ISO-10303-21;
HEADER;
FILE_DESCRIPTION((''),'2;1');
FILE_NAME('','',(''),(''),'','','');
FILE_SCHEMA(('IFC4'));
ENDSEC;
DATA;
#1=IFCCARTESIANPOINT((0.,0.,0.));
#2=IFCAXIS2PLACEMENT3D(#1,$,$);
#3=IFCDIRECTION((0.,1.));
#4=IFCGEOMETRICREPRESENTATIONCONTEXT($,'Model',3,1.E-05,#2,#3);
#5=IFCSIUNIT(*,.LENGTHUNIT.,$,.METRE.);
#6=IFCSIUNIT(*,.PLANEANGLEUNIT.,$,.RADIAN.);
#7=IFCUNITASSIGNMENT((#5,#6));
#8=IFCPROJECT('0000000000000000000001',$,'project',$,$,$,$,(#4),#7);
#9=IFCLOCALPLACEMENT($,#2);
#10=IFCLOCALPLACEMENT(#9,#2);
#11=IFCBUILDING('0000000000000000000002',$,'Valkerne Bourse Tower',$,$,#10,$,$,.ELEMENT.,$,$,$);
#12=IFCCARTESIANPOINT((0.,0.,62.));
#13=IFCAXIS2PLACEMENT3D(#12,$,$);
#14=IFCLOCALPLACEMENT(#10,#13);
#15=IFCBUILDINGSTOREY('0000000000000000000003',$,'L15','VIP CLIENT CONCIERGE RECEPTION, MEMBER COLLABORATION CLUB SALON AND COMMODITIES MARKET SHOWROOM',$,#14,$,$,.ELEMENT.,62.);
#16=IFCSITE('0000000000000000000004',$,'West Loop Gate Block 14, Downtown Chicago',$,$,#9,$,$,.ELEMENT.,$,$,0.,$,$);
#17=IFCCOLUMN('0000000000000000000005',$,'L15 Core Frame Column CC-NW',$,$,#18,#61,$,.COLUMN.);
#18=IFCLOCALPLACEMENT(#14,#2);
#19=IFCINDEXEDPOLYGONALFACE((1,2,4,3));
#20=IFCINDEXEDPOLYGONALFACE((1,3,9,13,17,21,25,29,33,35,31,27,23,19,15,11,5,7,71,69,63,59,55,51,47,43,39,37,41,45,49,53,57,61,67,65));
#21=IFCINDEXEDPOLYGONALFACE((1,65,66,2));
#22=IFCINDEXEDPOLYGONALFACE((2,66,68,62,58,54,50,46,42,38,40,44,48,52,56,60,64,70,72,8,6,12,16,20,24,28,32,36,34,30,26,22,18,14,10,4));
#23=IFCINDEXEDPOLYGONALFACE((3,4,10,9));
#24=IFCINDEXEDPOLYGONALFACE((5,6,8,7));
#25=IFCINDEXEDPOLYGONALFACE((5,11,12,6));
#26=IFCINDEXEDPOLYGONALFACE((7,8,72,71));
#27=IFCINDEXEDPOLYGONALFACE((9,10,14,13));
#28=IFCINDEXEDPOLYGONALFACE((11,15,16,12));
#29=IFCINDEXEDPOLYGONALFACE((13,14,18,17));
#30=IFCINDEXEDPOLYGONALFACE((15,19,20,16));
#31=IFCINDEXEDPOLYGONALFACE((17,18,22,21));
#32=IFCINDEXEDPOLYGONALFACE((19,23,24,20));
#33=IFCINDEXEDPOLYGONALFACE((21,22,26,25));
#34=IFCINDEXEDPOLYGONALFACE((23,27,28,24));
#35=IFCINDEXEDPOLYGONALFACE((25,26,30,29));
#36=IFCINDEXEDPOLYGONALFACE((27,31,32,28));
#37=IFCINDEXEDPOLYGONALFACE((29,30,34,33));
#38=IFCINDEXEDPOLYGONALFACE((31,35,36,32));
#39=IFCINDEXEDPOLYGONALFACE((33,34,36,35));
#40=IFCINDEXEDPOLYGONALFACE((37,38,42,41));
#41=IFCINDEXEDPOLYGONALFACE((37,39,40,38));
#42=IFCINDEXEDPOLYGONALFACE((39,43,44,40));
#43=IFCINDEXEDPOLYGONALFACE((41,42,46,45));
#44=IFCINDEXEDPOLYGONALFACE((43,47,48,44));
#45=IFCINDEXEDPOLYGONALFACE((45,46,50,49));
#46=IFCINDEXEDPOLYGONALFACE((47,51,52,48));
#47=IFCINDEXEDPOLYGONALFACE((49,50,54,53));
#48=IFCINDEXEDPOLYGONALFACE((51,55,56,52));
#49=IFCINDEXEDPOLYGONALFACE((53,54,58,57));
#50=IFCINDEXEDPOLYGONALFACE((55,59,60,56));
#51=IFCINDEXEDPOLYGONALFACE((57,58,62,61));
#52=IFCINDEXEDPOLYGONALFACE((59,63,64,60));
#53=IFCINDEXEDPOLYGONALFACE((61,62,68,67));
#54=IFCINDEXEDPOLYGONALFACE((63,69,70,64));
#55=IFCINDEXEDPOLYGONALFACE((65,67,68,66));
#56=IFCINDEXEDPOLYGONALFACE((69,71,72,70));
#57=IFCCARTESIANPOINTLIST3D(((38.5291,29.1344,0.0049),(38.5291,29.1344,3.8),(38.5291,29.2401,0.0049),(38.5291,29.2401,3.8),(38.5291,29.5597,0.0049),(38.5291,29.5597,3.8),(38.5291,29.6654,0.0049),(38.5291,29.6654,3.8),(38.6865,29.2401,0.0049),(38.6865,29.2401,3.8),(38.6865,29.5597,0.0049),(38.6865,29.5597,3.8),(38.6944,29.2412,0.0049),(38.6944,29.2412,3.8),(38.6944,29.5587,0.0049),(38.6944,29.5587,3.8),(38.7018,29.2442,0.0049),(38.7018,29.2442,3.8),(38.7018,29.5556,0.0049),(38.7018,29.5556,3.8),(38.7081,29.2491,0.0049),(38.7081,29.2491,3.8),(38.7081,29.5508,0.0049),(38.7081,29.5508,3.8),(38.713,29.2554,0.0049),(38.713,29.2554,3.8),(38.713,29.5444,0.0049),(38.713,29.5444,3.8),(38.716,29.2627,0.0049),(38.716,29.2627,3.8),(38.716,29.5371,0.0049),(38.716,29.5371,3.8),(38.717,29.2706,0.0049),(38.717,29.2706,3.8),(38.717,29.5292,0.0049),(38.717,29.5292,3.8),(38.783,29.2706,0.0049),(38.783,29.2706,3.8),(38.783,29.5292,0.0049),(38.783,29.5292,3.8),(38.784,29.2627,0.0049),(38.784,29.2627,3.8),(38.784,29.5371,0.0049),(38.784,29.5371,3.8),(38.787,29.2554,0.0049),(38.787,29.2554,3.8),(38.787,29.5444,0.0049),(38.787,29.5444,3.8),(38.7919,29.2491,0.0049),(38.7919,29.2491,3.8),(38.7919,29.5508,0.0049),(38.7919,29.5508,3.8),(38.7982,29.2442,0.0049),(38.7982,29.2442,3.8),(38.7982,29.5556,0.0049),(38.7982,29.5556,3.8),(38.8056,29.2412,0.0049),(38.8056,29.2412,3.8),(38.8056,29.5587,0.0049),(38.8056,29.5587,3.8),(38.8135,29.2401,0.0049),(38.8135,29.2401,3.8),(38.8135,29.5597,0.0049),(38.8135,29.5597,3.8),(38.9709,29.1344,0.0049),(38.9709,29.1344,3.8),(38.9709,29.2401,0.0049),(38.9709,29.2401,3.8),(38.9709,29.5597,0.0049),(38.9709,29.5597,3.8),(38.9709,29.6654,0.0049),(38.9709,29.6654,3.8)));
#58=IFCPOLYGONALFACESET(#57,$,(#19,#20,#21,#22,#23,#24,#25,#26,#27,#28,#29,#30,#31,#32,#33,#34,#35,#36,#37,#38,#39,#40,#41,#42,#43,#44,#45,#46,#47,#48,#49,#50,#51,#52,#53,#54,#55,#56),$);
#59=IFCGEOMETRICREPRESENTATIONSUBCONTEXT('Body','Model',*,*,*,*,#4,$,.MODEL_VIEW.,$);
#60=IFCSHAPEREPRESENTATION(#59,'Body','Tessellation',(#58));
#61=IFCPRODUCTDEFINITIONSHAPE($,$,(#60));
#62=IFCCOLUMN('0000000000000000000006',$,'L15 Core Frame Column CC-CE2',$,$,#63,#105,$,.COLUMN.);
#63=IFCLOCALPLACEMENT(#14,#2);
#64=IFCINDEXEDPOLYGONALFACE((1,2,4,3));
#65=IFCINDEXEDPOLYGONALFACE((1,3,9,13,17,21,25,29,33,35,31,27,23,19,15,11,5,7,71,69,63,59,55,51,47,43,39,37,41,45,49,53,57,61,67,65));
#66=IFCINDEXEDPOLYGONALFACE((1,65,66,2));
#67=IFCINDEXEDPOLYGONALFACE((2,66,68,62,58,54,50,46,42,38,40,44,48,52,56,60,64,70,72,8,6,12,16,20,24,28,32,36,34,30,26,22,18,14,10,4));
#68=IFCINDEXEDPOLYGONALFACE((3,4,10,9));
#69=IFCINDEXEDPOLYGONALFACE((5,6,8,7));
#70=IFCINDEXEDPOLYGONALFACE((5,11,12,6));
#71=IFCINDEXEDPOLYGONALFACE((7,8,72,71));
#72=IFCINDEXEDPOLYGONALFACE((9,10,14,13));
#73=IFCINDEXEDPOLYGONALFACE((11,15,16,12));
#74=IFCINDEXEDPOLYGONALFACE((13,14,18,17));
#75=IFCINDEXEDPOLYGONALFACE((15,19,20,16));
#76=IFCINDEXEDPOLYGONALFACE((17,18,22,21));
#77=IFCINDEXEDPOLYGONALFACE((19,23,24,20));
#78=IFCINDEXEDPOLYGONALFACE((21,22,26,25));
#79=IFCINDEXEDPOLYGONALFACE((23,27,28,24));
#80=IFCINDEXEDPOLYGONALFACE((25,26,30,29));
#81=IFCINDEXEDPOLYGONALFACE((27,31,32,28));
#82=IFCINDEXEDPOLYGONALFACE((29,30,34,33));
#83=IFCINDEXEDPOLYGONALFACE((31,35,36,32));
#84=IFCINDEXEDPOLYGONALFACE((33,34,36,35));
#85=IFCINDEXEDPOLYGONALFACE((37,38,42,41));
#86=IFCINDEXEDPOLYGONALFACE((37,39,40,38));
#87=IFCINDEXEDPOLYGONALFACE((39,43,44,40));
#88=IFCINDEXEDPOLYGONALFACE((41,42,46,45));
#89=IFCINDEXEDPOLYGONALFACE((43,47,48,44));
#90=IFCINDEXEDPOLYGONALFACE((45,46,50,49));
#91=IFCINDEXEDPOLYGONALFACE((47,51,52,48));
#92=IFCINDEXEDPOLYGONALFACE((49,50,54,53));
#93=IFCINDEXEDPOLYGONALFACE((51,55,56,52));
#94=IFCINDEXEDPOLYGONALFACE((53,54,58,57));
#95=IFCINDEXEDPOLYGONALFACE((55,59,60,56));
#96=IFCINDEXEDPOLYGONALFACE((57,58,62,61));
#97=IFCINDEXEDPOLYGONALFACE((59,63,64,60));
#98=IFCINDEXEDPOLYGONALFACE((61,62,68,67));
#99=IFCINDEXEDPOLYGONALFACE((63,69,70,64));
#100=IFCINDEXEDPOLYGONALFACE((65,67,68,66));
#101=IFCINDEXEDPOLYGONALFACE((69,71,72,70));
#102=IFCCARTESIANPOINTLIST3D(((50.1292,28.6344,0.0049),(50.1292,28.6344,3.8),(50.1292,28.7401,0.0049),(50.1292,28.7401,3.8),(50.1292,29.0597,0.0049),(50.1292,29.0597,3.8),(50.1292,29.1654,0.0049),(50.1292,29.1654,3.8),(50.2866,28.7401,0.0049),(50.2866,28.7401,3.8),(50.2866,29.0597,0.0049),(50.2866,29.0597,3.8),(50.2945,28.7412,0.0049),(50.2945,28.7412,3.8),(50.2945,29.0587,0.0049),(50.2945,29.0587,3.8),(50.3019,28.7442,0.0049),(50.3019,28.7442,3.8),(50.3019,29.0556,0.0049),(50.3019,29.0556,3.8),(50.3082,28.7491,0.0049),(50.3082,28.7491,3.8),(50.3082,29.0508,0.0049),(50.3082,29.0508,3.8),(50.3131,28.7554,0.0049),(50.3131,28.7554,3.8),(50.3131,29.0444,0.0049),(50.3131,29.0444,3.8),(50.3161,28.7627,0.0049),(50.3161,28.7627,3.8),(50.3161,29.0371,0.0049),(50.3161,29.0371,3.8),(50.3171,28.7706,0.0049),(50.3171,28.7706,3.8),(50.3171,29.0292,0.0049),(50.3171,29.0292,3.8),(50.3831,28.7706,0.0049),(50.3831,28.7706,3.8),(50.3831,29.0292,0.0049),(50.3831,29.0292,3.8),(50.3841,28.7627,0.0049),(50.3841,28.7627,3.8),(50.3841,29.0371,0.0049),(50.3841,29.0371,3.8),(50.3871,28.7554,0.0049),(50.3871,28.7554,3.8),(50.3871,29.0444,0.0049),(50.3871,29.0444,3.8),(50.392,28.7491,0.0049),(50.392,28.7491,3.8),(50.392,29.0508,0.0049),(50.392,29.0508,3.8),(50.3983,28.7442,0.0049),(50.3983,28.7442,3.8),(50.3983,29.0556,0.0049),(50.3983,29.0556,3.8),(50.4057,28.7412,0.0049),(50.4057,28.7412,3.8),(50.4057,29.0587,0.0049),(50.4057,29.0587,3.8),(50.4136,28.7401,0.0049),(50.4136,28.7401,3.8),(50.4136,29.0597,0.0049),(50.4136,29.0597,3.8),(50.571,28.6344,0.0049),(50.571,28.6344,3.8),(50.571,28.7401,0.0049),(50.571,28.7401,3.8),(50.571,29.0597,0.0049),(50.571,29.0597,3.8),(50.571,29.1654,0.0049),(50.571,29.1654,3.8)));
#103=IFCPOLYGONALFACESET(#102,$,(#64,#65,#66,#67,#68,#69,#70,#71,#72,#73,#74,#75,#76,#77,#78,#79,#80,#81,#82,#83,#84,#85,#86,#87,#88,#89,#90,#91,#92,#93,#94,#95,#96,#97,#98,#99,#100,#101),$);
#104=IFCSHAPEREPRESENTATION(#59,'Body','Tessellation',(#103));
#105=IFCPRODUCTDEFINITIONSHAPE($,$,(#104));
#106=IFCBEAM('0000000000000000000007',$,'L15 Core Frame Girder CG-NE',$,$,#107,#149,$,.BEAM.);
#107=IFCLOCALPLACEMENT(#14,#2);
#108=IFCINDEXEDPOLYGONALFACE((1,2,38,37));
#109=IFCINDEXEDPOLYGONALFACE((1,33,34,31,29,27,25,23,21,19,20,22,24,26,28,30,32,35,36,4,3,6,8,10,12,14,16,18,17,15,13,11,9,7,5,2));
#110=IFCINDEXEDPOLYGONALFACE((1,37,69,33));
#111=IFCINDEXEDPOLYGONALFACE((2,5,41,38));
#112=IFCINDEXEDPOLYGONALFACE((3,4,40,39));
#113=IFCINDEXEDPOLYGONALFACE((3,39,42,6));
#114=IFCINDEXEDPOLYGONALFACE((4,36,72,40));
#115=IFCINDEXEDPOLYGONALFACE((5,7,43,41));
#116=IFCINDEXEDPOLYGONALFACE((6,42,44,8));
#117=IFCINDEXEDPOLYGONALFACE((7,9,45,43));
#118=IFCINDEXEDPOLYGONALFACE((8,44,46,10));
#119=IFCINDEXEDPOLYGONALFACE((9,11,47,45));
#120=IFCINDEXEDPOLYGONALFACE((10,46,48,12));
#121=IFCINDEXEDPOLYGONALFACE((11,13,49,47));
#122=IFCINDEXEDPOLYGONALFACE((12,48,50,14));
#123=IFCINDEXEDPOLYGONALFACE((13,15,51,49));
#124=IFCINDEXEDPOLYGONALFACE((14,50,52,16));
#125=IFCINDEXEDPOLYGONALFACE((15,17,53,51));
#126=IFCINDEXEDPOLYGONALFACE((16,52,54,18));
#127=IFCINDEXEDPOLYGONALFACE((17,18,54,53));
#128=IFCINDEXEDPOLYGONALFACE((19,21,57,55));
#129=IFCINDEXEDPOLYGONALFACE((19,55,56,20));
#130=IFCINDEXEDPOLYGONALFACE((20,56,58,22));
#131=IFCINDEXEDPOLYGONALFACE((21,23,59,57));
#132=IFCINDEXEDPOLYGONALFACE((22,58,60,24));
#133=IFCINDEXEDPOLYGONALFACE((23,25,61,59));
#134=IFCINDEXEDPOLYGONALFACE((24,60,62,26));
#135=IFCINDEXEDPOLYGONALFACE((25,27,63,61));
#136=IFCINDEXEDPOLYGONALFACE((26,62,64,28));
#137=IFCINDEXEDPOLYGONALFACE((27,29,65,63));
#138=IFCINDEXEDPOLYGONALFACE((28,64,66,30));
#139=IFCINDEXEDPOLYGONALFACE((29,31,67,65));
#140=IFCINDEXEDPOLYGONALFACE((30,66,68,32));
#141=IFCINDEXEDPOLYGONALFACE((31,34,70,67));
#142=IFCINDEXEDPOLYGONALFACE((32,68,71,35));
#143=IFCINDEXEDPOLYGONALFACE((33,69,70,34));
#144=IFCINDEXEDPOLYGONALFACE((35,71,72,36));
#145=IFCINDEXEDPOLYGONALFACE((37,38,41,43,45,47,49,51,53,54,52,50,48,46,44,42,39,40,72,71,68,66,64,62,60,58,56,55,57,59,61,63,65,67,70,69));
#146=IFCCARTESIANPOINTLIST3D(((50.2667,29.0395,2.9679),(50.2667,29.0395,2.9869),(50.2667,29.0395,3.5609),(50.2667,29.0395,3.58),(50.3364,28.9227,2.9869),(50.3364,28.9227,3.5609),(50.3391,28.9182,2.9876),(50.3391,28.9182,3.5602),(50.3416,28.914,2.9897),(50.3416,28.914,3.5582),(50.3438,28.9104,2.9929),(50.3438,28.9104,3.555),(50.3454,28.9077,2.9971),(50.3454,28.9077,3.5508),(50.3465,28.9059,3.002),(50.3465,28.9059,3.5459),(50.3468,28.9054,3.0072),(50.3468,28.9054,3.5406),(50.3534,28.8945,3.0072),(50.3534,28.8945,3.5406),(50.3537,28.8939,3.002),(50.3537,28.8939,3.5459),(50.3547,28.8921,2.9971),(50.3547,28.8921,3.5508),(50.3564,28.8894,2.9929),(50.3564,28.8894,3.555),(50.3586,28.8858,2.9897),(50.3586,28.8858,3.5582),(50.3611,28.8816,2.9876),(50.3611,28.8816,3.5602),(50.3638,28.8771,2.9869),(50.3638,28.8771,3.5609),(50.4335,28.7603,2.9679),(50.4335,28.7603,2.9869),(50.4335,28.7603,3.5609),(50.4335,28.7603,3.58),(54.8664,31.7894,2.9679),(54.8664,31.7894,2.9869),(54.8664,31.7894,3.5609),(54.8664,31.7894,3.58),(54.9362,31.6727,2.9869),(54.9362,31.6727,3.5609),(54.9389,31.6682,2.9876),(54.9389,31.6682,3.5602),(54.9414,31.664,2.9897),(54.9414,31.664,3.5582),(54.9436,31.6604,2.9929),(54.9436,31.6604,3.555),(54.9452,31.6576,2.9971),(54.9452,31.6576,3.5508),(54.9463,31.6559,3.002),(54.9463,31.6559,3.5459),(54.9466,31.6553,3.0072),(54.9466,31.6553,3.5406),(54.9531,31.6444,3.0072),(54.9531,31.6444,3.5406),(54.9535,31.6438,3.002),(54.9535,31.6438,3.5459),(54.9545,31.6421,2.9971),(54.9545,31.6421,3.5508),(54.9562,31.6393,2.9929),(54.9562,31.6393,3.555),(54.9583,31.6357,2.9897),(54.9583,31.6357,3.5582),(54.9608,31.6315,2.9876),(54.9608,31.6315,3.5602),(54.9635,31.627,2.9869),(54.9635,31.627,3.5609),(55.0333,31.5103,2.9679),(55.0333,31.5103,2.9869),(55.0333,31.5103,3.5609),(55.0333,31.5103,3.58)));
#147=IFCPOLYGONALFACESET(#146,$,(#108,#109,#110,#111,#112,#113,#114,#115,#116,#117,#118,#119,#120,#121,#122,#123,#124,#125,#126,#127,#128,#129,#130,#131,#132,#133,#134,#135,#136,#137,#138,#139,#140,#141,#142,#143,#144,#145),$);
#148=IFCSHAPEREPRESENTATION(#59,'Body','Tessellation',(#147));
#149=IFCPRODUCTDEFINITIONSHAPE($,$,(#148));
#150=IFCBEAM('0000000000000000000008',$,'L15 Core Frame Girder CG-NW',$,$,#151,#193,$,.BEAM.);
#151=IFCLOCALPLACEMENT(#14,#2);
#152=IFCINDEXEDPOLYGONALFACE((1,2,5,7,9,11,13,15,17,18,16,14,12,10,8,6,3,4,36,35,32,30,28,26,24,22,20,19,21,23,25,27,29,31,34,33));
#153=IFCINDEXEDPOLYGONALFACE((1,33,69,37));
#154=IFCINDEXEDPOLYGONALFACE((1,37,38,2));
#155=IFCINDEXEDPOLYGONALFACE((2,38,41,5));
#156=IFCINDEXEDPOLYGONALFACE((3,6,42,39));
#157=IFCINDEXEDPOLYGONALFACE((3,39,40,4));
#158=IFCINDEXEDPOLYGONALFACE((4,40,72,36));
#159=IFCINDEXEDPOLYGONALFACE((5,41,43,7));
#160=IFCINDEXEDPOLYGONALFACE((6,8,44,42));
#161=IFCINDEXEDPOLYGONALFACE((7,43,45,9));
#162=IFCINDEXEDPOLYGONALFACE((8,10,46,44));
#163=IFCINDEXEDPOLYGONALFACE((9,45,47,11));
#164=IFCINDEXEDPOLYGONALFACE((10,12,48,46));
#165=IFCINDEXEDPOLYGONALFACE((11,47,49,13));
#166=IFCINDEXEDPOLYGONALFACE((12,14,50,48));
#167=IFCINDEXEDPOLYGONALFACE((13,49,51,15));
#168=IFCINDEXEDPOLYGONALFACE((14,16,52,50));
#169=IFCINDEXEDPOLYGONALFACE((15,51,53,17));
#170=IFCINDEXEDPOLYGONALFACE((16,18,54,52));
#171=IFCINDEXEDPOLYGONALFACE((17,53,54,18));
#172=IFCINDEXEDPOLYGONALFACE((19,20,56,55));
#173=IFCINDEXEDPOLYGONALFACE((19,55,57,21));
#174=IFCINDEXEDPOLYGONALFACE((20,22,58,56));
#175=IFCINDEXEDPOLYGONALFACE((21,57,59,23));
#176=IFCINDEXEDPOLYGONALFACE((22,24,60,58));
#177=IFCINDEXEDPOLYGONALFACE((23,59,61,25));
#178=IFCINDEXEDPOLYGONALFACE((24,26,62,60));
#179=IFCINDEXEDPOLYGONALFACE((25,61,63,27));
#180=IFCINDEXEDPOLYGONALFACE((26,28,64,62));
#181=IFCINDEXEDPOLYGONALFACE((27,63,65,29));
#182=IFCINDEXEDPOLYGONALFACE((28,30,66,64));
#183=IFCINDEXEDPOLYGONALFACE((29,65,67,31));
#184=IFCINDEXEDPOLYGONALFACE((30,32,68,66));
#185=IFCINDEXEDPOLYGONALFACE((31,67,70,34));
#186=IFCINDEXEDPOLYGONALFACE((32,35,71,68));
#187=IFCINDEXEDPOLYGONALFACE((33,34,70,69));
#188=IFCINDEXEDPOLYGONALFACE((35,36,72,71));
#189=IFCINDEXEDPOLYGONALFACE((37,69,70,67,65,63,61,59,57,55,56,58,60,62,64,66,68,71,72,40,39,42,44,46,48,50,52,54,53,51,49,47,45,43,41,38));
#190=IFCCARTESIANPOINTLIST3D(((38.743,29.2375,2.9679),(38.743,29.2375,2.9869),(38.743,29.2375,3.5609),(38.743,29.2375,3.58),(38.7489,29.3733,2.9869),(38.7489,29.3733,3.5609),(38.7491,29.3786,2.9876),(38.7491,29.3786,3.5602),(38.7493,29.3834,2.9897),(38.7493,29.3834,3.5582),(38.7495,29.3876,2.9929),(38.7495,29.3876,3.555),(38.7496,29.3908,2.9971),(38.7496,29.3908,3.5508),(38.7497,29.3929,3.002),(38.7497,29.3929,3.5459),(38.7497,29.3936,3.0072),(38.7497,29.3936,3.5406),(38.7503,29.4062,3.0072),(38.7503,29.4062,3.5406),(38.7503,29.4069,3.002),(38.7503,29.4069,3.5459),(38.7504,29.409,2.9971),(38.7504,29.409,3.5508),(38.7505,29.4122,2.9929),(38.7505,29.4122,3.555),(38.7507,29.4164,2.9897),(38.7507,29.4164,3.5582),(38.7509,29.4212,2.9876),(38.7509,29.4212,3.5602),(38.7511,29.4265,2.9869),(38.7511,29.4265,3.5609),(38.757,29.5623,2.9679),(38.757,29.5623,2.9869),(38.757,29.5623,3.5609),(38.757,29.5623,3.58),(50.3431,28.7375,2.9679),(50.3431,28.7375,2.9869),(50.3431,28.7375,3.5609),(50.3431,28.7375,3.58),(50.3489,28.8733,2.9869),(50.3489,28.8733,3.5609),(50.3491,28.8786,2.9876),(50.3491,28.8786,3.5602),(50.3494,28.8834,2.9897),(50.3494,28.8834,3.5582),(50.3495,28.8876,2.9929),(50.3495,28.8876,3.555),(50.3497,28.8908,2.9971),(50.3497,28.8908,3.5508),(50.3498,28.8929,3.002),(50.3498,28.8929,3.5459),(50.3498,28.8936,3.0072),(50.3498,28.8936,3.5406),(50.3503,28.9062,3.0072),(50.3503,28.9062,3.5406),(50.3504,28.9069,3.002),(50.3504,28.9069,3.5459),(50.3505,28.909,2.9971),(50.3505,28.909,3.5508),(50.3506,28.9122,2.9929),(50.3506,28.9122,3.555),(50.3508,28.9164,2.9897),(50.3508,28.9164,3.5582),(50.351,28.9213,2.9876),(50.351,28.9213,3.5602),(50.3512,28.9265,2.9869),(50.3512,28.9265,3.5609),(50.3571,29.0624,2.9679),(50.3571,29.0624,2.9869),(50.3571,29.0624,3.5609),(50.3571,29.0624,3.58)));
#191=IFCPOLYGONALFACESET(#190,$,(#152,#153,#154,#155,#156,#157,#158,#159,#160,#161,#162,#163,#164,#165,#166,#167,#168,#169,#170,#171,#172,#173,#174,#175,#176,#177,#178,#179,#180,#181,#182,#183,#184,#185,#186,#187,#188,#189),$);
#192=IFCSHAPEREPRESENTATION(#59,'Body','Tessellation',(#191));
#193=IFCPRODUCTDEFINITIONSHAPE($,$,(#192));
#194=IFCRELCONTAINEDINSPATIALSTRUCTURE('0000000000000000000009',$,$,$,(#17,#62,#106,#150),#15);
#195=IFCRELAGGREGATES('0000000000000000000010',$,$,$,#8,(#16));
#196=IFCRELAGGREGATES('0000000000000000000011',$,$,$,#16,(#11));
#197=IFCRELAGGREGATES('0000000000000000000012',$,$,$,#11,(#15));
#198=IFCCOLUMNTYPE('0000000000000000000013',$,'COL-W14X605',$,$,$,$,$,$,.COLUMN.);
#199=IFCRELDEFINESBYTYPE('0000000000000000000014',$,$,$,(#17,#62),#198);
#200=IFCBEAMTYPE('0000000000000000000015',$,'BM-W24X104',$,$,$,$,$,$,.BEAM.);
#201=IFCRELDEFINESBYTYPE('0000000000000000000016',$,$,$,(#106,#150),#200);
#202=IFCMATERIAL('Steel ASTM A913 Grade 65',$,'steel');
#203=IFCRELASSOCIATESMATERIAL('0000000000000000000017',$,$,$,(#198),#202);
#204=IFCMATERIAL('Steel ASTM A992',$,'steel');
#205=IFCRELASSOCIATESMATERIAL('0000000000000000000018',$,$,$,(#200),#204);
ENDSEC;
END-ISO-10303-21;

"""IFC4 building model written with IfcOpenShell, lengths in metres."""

from ifc_helpers import new_model, si_unit, direction, frame, origin, origin_2d, place, context, subcontext, project, spatial, i_section, extrude, material, material_profile, profile_set, type_object, element, save


model = new_model("IFC4")

# Units and contexts
model_context = context("Model", 3, precision=1e-05, world=origin(), true_north=direction((0.0, 1.0)))
body_context = subcontext(model_context, "Body", "Model", "MODEL_VIEW")
ifc_project = project(units=[si_unit("LENGTHUNIT", "METRE"), si_unit("PLANEANGLEUNIT", "RADIAN")], contexts=[model_context])

# Site, building, storey
site_placement = place(None, origin())
site = spatial("IfcSite", under=ifc_project, at=site_placement, Name="West Loop Gate Block 14, Downtown Chicago", CompositionType="ELEMENT", RefElevation=0.0)
building_placement = place(site_placement, origin())
building = spatial("IfcBuilding", under=site, at=building_placement, Name="Valkerne Bourse Tower", CompositionType="ELEMENT")
storey_placement = place(building_placement, frame((0.0, 0.0, 62.0)))
storey = spatial("IfcBuildingStorey", under=building, at=storey_placement, Name="L15", Description="VIP CLIENT CONCIERGE RECEPTION, MEMBER COLLABORATION CLUB SALON AND COMMODITIES MARKET SHOWROOM", CompositionType="ELEMENT", Elevation=62.0)

# Columns
ifc_material_1 = material(Name="Steel ASTM A913 Grade 65", Category="steel")
ifc_material_profile_1 = material_profile(ifc_material_1, i_section(OverallWidth=0.4419, OverallDepth=0.531, WebThickness=0.0659, FlangeThickness=0.1057, FilletRadius=0.0305, at=origin_2d()), Name="W14X605")
ifc_profile_set_1 = profile_set([ifc_material_profile_1], Name="Steel ASTM A913 Grade 65")
column_type = type_object("IfcColumnType", Name="COL-W14X605", PredefinedType="COLUMN", material=ifc_profile_set_1)
for number, where, z_axis, x_axis, name in (
    (1, (38.75, 29.3999, 0.0049), (0.0, 0.0, 1.0), (1.0, 0.0, 0.0), "L15 Core Frame Column CC-NW"),
    (2, (50.3501, 28.8999, 0.0049), (0.0, 0.0, 1.0), (1.0, 0.0, 0.0), "L15 Core Frame Column CC-CE2"),
):
    element("IfcColumn", number, at=place(storey_placement, frame(where, z_axis=z_axis, x_axis=x_axis)), inside=storey, type_object=column_type, Name=name, PredefinedType="COLUMN", context=body_context, shape_type="SweptSolid", body=[
        extrude(i_section(OverallWidth=0.4419, OverallDepth=0.531, WebThickness=0.0659, FlangeThickness=0.1057, FilletRadius=0.0305, at=origin_2d()), origin(), (0.0, 0.0, 1.0), 3.7952),
    ])

# Beams
ifc_material_2 = material(Name="Steel ASTM A992", Category="steel")
ifc_material_profile_2 = material_profile(ifc_material_2, i_section(OverallWidth=0.3252, OverallDepth=0.6121, WebThickness=0.0127, FlangeThickness=0.019, FilletRadius=0.0203, at=origin_2d()), Name="W24X104")
ifc_profile_set_2 = profile_set([ifc_material_profile_2], Name="Steel ASTM A992")
beam_type = type_object("IfcBeamType", Name="BM-W24X104", PredefinedType="BEAM", material=ifc_profile_set_2)
beam_1_placement = place(storey_placement, frame((50.3501, 28.8999, 3.2739), z_axis=(0.858308, 0.513135, 0.0), x_axis=(-0.513135, 0.858308, 0.0)))
element("IfcBeam", 3, at=beam_1_placement, inside=storey, type_object=beam_type, Name="L15 Core Frame Girder CG-NE", PredefinedType="BEAM", context=body_context, shape_type="SweptSolid", body=[
    extrude(i_section(OverallWidth=0.3252, OverallDepth=0.6121, WebThickness=0.0127, FlangeThickness=0.019, FilletRadius=0.0203, at=origin_2d()), origin(), (0.0, 0.0, 1.0), 5.3591),
])
beam_2_placement = place(storey_placement, frame((38.75, 29.3999, 3.2739), z_axis=(0.999072, -0.043063, 0.0), x_axis=(0.043063, 0.999072, 0.0)))
element("IfcBeam", 4, at=beam_2_placement, inside=storey, type_object=beam_type, Name="L15 Core Frame Girder CG-NW", PredefinedType="BEAM", context=body_context, shape_type="SweptSolid", body=[
    extrude(i_section(OverallWidth=0.3252, OverallDepth=0.6121, WebThickness=0.0127, FlangeThickness=0.019, FilletRadius=0.0203, at=origin_2d()), origin(), (0.0, 0.0, 1.0), 11.6108),
])

save(model, "model.ifc")
